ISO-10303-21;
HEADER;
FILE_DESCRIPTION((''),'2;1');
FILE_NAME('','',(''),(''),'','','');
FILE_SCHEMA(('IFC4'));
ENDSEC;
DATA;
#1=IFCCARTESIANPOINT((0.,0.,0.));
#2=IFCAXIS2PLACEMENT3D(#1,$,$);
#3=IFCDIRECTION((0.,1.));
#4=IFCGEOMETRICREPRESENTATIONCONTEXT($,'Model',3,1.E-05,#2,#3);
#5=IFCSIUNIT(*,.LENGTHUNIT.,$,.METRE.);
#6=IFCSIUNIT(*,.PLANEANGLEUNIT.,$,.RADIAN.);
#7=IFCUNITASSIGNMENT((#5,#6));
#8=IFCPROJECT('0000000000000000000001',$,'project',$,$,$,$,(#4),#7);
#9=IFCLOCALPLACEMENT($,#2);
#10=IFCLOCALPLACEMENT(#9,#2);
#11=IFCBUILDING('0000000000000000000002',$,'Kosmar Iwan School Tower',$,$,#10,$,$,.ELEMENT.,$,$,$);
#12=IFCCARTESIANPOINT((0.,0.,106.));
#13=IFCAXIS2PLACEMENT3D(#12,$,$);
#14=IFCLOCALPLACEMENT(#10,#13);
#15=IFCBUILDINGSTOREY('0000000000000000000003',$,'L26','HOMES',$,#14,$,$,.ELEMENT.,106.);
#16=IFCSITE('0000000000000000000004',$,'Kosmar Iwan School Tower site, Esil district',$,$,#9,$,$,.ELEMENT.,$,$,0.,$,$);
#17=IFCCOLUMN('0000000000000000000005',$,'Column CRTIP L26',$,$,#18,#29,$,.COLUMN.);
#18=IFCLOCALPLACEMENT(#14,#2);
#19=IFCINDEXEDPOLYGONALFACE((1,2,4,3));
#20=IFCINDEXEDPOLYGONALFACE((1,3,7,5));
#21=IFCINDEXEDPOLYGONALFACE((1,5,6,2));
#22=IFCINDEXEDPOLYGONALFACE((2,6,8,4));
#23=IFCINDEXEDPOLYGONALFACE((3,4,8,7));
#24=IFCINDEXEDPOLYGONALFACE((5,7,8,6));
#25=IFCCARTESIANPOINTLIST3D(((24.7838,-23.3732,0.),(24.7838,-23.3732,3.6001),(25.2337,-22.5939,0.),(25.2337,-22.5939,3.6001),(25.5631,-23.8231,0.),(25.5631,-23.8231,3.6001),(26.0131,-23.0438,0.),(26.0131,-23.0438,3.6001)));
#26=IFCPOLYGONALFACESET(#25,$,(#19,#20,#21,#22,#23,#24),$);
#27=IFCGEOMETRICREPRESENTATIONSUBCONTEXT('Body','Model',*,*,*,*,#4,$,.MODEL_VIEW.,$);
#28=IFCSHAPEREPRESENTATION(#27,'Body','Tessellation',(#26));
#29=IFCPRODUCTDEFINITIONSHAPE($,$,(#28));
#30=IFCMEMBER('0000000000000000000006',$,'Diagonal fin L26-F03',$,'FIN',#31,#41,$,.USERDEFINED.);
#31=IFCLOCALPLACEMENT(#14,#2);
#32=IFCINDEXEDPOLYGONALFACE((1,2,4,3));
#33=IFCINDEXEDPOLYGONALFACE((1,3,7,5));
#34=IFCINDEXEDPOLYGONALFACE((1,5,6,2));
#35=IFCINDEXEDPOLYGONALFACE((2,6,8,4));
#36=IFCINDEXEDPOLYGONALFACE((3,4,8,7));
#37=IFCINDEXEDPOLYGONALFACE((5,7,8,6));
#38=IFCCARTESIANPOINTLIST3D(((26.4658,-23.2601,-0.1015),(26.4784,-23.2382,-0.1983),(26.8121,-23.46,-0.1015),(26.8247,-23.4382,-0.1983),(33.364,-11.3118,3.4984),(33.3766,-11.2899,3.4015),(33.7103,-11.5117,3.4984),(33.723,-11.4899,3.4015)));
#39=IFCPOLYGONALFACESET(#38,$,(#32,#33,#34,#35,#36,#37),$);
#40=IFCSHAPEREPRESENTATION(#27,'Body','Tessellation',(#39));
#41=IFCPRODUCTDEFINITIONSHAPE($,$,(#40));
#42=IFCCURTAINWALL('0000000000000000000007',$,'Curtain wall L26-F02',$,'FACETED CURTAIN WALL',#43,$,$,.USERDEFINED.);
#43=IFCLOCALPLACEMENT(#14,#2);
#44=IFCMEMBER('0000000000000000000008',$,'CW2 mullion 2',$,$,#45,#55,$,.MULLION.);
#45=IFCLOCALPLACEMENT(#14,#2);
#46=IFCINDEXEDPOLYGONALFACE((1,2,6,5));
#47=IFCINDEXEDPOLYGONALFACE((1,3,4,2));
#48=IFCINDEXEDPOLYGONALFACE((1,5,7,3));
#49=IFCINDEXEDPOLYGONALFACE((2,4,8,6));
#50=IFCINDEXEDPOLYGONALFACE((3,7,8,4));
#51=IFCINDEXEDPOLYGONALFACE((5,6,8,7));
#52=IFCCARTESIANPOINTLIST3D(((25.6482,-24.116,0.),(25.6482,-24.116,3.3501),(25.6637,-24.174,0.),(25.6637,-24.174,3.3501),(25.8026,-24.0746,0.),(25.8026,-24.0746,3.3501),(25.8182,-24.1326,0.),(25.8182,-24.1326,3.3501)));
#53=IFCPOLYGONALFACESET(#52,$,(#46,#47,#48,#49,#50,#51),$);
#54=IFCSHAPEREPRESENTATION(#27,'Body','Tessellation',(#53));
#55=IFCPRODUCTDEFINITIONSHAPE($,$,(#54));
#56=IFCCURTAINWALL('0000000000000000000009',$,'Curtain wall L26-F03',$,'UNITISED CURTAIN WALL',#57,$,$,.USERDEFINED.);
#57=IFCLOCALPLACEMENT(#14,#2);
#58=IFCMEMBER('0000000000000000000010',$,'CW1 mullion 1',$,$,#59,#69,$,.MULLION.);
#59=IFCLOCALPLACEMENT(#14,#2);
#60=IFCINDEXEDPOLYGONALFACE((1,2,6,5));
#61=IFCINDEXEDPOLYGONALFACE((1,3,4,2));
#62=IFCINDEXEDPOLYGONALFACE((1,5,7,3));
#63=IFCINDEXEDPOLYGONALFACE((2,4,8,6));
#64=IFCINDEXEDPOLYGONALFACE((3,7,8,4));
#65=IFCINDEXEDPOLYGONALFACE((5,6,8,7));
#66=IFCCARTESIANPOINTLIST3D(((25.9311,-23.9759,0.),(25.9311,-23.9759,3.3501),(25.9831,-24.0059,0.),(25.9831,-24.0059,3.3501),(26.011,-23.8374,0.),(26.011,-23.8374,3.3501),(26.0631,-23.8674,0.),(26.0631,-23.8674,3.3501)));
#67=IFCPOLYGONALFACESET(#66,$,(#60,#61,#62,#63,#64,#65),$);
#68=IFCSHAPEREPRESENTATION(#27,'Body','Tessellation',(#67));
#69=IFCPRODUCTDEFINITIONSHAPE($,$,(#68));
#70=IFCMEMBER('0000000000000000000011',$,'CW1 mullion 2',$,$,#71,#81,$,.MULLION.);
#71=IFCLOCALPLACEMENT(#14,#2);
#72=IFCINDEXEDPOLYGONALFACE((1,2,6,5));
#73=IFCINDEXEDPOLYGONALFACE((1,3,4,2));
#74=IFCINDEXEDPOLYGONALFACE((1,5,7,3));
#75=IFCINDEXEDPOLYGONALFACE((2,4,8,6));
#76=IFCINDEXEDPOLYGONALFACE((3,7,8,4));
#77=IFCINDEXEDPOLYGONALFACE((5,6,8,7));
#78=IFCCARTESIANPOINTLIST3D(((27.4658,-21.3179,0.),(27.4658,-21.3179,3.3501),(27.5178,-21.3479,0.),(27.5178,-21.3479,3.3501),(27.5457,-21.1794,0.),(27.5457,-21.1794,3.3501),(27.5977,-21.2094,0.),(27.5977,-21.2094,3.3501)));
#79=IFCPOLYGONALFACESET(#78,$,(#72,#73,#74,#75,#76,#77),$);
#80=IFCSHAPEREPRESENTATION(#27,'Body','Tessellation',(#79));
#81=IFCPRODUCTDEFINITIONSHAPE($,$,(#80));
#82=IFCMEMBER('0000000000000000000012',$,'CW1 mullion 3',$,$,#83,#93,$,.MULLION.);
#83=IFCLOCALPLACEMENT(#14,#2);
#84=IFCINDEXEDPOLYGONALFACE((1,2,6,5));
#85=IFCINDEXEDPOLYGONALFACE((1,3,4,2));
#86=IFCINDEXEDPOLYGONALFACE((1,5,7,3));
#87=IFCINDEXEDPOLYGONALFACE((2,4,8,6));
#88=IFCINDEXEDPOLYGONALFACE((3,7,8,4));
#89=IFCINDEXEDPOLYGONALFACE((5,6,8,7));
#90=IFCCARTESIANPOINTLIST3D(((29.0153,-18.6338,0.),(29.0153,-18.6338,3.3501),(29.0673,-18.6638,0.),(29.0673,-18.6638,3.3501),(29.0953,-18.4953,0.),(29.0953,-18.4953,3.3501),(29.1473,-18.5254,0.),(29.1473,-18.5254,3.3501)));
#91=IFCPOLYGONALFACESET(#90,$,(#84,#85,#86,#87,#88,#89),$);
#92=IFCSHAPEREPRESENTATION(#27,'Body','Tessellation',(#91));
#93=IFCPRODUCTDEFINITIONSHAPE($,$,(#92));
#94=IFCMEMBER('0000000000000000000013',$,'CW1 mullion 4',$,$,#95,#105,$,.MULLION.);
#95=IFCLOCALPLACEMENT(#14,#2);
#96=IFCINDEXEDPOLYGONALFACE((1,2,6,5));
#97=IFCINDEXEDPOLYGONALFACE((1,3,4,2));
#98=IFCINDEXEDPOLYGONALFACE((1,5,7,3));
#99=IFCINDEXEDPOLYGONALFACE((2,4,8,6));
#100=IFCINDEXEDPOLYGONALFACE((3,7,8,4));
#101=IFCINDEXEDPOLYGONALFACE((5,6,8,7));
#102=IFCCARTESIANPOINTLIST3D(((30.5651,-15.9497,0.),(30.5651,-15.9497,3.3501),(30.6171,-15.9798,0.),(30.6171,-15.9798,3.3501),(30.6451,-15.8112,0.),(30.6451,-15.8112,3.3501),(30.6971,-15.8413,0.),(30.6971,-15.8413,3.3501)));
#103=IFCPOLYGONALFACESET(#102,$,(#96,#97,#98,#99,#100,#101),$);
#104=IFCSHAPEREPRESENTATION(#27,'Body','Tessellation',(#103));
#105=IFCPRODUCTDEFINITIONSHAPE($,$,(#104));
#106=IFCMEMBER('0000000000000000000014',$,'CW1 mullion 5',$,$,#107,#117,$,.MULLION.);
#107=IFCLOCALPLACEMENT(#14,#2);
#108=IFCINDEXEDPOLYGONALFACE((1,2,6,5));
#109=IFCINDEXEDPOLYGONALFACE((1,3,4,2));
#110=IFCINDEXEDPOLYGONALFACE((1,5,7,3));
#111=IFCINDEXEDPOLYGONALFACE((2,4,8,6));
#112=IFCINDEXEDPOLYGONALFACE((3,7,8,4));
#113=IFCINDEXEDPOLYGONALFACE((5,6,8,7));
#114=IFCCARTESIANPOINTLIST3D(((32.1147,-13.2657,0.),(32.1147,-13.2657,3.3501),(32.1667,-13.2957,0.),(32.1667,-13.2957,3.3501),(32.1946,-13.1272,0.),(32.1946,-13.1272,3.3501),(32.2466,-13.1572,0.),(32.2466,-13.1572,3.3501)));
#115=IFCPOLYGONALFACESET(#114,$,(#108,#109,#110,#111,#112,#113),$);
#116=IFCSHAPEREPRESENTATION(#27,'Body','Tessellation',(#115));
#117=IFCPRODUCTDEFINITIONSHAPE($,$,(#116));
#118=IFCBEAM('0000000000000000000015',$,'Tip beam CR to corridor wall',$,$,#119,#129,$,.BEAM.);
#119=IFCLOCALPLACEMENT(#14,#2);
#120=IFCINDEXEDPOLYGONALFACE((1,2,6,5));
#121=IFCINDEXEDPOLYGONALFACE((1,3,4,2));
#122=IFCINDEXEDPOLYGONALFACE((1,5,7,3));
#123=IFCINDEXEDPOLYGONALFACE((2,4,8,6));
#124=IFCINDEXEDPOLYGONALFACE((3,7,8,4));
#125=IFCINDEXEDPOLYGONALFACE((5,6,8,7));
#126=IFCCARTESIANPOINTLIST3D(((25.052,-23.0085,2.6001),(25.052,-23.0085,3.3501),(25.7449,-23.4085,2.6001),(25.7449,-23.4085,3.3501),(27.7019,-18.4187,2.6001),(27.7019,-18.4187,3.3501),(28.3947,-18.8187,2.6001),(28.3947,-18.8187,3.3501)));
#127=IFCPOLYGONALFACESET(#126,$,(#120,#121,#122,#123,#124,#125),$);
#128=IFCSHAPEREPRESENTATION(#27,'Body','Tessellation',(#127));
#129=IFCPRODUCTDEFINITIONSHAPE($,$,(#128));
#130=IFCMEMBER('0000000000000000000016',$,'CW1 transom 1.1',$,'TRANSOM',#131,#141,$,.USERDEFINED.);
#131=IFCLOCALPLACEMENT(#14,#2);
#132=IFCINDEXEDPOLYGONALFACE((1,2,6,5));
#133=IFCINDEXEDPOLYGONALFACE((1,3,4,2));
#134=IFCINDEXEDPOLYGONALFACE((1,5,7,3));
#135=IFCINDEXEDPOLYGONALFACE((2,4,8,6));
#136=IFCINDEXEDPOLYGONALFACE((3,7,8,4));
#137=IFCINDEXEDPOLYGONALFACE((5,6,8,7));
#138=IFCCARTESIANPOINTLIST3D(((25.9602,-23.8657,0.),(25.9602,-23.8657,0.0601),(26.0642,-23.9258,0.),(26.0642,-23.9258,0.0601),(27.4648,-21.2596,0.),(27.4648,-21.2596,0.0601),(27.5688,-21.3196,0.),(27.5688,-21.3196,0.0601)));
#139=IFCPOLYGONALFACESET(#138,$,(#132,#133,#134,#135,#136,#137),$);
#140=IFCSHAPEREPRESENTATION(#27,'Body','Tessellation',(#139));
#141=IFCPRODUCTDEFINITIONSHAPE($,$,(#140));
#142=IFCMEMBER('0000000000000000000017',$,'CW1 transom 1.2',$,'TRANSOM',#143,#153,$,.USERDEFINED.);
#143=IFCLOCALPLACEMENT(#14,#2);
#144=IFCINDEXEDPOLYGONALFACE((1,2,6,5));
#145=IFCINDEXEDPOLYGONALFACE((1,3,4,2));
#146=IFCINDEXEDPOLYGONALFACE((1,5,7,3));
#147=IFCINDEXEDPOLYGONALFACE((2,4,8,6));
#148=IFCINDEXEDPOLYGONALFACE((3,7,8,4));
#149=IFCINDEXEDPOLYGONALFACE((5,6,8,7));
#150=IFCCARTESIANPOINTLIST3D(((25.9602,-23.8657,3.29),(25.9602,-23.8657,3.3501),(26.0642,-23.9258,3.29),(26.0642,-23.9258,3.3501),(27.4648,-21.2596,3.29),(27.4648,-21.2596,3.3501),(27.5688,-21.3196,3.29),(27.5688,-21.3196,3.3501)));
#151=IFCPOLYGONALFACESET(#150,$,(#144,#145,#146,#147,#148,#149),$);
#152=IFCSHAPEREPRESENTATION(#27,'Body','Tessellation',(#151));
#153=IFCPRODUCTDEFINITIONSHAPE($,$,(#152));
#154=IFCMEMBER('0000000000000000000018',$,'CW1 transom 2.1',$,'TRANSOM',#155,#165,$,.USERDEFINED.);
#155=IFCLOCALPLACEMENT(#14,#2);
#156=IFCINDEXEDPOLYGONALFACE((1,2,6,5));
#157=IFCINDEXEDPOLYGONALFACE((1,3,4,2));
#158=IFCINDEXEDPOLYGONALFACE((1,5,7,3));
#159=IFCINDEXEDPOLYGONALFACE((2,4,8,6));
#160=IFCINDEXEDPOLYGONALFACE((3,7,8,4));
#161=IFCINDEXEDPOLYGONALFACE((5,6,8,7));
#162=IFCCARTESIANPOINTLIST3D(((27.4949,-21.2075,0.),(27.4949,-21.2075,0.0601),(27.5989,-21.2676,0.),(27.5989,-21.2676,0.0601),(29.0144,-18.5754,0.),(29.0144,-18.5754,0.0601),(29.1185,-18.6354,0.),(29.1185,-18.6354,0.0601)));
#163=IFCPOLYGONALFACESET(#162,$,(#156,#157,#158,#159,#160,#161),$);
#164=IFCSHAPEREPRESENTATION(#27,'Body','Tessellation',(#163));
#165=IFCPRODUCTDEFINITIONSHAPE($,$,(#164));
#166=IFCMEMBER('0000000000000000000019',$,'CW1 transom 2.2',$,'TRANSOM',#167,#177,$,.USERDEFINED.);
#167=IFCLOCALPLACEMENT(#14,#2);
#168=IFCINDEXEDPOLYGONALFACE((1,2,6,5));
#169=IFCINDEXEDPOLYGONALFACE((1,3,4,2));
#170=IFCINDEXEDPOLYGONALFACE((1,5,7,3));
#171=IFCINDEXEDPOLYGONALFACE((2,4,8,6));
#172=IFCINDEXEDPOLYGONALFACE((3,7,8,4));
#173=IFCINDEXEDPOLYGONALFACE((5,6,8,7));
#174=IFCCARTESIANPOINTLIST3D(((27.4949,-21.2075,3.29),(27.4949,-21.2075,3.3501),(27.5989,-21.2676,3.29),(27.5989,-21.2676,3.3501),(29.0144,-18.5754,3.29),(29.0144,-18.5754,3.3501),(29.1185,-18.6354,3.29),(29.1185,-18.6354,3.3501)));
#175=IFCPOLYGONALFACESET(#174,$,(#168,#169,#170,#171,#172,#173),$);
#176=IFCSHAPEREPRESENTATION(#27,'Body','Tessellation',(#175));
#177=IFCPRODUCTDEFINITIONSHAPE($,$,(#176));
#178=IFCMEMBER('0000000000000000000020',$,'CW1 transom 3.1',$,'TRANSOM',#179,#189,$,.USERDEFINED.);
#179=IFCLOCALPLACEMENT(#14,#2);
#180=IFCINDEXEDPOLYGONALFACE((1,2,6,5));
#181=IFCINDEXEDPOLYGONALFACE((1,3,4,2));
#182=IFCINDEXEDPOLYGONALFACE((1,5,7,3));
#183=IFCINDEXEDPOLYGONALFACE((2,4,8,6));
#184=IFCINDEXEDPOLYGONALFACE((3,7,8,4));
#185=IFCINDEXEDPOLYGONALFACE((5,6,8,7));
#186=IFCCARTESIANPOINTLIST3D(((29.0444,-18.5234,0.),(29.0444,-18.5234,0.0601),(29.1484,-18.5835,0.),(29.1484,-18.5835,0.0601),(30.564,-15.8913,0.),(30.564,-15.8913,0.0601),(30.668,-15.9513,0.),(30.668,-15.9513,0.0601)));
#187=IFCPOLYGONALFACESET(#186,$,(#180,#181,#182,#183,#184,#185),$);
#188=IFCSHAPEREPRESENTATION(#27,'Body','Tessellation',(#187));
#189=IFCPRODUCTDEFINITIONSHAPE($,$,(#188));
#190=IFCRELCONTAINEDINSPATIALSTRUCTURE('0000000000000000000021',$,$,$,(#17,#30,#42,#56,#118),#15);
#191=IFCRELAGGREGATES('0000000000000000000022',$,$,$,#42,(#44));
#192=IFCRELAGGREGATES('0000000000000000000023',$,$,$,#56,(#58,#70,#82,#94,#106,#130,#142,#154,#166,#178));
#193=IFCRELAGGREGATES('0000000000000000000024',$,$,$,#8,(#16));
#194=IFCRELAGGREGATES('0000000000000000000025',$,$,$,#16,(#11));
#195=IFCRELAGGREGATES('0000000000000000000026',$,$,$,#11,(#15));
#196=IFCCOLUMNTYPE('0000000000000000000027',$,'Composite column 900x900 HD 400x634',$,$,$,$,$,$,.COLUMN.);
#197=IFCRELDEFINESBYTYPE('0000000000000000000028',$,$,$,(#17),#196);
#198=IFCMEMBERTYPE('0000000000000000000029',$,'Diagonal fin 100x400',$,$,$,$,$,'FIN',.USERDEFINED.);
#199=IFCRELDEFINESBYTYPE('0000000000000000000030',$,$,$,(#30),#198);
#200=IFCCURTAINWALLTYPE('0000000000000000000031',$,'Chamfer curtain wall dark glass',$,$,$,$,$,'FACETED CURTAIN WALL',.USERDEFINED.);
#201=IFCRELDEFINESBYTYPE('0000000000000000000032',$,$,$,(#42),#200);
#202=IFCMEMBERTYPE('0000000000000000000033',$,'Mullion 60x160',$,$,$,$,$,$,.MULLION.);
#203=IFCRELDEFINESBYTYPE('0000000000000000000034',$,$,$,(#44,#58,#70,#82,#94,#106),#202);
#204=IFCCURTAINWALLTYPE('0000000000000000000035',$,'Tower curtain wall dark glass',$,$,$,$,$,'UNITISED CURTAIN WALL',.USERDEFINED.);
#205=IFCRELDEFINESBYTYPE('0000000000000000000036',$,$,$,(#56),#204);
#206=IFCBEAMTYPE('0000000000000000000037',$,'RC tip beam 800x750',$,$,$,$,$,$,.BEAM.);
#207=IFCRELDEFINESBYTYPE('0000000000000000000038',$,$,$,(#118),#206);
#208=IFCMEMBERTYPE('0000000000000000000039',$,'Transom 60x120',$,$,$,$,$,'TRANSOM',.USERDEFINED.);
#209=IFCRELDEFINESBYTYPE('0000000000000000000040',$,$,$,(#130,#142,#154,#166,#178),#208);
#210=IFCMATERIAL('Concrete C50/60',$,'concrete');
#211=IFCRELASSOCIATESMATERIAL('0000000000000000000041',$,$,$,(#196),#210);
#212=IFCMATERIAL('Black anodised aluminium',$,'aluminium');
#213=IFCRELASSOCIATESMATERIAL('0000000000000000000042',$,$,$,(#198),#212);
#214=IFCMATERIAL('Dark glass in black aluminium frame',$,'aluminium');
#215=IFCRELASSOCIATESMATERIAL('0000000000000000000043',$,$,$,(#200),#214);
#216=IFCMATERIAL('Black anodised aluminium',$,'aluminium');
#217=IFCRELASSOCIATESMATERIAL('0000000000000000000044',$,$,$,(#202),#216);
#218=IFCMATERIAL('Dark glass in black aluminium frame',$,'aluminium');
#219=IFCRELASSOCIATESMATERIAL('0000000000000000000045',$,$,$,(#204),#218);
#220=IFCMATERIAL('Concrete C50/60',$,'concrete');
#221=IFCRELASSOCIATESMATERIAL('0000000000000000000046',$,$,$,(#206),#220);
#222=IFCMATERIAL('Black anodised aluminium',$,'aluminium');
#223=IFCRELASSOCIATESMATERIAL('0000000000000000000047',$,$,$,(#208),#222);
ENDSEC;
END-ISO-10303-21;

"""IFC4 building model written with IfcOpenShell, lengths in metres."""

from ifc_helpers import new_model, si_unit, direction, frame, origin, origin_2d, place, context, subcontext, project, spatial, rectangle, extrude, material, material_profile, profile_set, type_object, element, aggregate, save


model = new_model("IFC4")

# Units and contexts
model_context = context("Model", 3, precision=1e-05, world=origin(), true_north=direction((0.0, 1.0)))
body_context = subcontext(model_context, "Body", "Model", "MODEL_VIEW")
ifc_project = project(units=[si_unit("LENGTHUNIT", "METRE"), si_unit("PLANEANGLEUNIT", "RADIAN")], contexts=[model_context])

# Site, building, storey
site_placement = place(None, origin())
site = spatial("IfcSite", under=ifc_project, at=site_placement, Name="Kosmar Iwan School Tower site, Esil district", CompositionType="ELEMENT", RefElevation=0.0)
building_placement = place(site_placement, origin())
building = spatial("IfcBuilding", under=site, at=building_placement, Name="Kosmar Iwan School Tower", CompositionType="ELEMENT")
storey_placement = place(building_placement, frame((0.0, 0.0, 106.0)))
storey = spatial("IfcBuildingStorey", under=building, at=storey_placement, Name="L26", Description="HOMES", CompositionType="ELEMENT", Elevation=106.0)

# Column
ifc_material_1 = material(Name="Concrete C50/60", Category="concrete")
ifc_material_profile_1 = material_profile(ifc_material_1, rectangle(XDim=0.8999, YDim=0.8999, at=origin_2d()), Name="RC 900x900 + HD 400x634")
ifc_profile_set_1 = profile_set([ifc_material_profile_1], Name="Concrete C50/60")
column_type = type_object("IfcColumnType", Name="Composite column 900x900 HD 400x634", PredefinedType="COLUMN", material=ifc_profile_set_1)
column_placement = place(storey_placement, frame((25.3984, -23.2085, 0.0), z_axis=(0.0, 0.0, 1.0), x_axis=(0.866025, -0.5, 0.0)))
element("IfcColumn", 1, at=column_placement, inside=storey, type_object=column_type, Name="Column CRTIP L26", PredefinedType="COLUMN", context=body_context, shape_type="SweptSolid", body=[
    extrude(rectangle(XDim=0.8999, YDim=0.8999, at=origin_2d()), origin(), (0.0, 0.0, 1.0), 3.6001),
])

# Member
ifc_material_2 = material(Name="Black anodised aluminium", Category="aluminium")
ifc_material_profile_2 = material_profile(ifc_material_2, rectangle(XDim=0.1001, YDim=0.3999, at=origin_2d()), Name="FIN 100x400")
ifc_profile_set_2 = profile_set([ifc_material_profile_2], Name="Black anodised aluminium")
member_type_1 = type_object("IfcMemberType", Name="Diagonal fin 100x400", ElementType="FIN", PredefinedType="USERDEFINED", material=ifc_profile_set_2)
member_1_placement = place(storey_placement, frame((26.6453, -23.3491, -0.1499), z_axis=(0.483796, 0.837974, 0.252471), x_axis=(-0.126234, -0.218647, 0.967604)))
element("IfcMember", 2, at=member_1_placement, inside=storey, type_object=member_type_1, Name="Diagonal fin L26-F03", ObjectType="FIN", PredefinedType="USERDEFINED", context=body_context, shape_type="SweptSolid", body=[
    extrude(rectangle(XDim=0.1001, YDim=0.3999, at=origin_2d()), origin(), (0.0, 0.0, 1.0), 14.2585),
])

# Curtain wall, member
ifc_material_3 = material(Name="Dark glass in black aluminium frame", Category="aluminium")
curtain_wall_type_1 = type_object("IfcCurtainWallType", Name="Chamfer curtain wall dark glass", ElementType="FACETED CURTAIN WALL", PredefinedType="USERDEFINED", material=ifc_material_3)
curtain_wall_1_placement = place(storey_placement, origin())
curtain_wall_1 = element("IfcCurtainWall", 3, at=curtain_wall_1_placement, inside=storey, type_object=curtain_wall_type_1, Name="Curtain wall L26-F02", ObjectType="FACETED CURTAIN WALL", PredefinedType="USERDEFINED")
ifc_material_4 = material(Name="Black anodised aluminium", Category="aluminium")
ifc_material_profile_3 = material_profile(ifc_material_4, rectangle(XDim=0.0601, YDim=0.1599, at=origin_2d()), Name="MULLION 60x160")
ifc_profile_set_3 = profile_set([ifc_material_profile_3], Name="Black anodised aluminium")
member_type_2 = type_object("IfcMemberType", Name="Mullion 60x160", PredefinedType="MULLION", material=ifc_profile_set_3)
member_2_placement = place(storey_placement, frame((25.7332, -24.1243, 0.0), z_axis=(0.0, 0.0, 1.0), x_axis=(-0.258819, 0.965926, 0.0)))
member_2 = element("IfcMember", 4, at=member_2_placement, type_object=member_type_2, Name="CW2 mullion 2", PredefinedType="MULLION", context=body_context, shape_type="SweptSolid", body=[
    extrude(rectangle(XDim=0.0601, YDim=0.1599, at=origin_2d()), origin(), (0.0, 0.0, 1.0), 3.3501),
])

# Curtain wall, members
ifc_material_5 = material(Name="Dark glass in black aluminium frame", Category="aluminium")
curtain_wall_type_2 = type_object("IfcCurtainWallType", Name="Tower curtain wall dark glass", ElementType="UNITISED CURTAIN WALL", PredefinedType="USERDEFINED", material=ifc_material_5)
curtain_wall_2_placement = place(storey_placement, origin())
curtain_wall_2 = element("IfcCurtainWall", 5, at=curtain_wall_2_placement, inside=storey, type_object=curtain_wall_type_2, Name="Curtain wall L26-F03", ObjectType="UNITISED CURTAIN WALL", PredefinedType="USERDEFINED")
member_3_placement = place(storey_placement, frame((25.9971, -23.9216, 0.0), z_axis=(0.0, 0.0, 1.0), x_axis=(-0.866025, 0.5, 0.0)))
member_3 = element("IfcMember", 6, at=member_3_placement, type_object=member_type_2, Name="CW1 mullion 1", PredefinedType="MULLION", context=body_context, shape_type="SweptSolid", body=[
    extrude(rectangle(XDim=0.0601, YDim=0.1599, at=origin_2d()), origin(), (0.0, 0.0, 1.0), 3.3501),
])
member_4_placement = place(storey_placement, frame((27.5317, -21.2637, 0.0), z_axis=(0.0, 0.0, 1.0), x_axis=(-0.866025, 0.5, 0.0)))
member_4 = element("IfcMember", 7, at=member_4_placement, type_object=member_type_2, Name="CW1 mullion 2", PredefinedType="MULLION", context=body_context, shape_type="SweptSolid", body=[
    extrude(rectangle(XDim=0.0601, YDim=0.1599, at=origin_2d()), origin(), (0.0, 0.0, 1.0), 3.3501),
])
member_5_placement = place(storey_placement, frame((29.0813, -18.5796, 0.0), z_axis=(0.0, 0.0, 1.0), x_axis=(-0.866025, 0.5, 0.0)))
member_5 = element("IfcMember", 8, at=member_5_placement, type_object=member_type_2, Name="CW1 mullion 3", PredefinedType="MULLION", context=body_context, shape_type="SweptSolid", body=[
    extrude(rectangle(XDim=0.0601, YDim=0.1599, at=origin_2d()), origin(), (0.0, 0.0, 1.0), 3.3501),
])
member_6_placement = place(storey_placement, frame((30.6311, -15.8955, 0.0), z_axis=(0.0, 0.0, 1.0), x_axis=(-0.866025, 0.5, 0.0)))
member_6 = element("IfcMember", 9, at=member_6_placement, type_object=member_type_2, Name="CW1 mullion 4", PredefinedType="MULLION", context=body_context, shape_type="SweptSolid", body=[
    extrude(rectangle(XDim=0.0601, YDim=0.1599, at=origin_2d()), origin(), (0.0, 0.0, 1.0), 3.3501),
])
member_7_placement = place(storey_placement, frame((32.1807, -13.2114, 0.0), z_axis=(0.0, 0.0, 1.0), x_axis=(-0.866025, 0.5, 0.0)))
member_7 = element("IfcMember", 10, at=member_7_placement, type_object=member_type_2, Name="CW1 mullion 5", PredefinedType="MULLION", context=body_context, shape_type="SweptSolid", body=[
    extrude(rectangle(XDim=0.0601, YDim=0.1599, at=origin_2d()), origin(), (0.0, 0.0, 1.0), 3.3501),
])

# Beam
ifc_material_6 = material(Name="Concrete C50/60", Category="concrete")
ifc_material_profile_4 = material_profile(ifc_material_6, rectangle(XDim=0.8, YDim=0.75, at=origin_2d()), Name="RC 800x750")
ifc_profile_set_4 = profile_set([ifc_material_profile_4], Name="Concrete C50/60")
beam_type = type_object("IfcBeamType", Name="RC tip beam 800x750", PredefinedType="BEAM", material=ifc_profile_set_4)
beam_placement = place(storey_placement, frame((25.3984, -23.2085, 2.9751), z_axis=(0.499994, 0.866029, 0.0), x_axis=(-0.866029, 0.499994, 0.0)))
element("IfcBeam", 11, at=beam_placement, inside=storey, type_object=beam_type, Name="Tip beam CR to corridor wall", PredefinedType="BEAM", context=body_context, shape_type="SweptSolid", body=[
    extrude(rectangle(XDim=0.8, YDim=0.75, at=origin_2d()), origin(), (0.0, 0.0, 1.0), 5.2998),
])

# Members
ifc_material_7 = material(Name="Black anodised aluminium", Category="aluminium")
ifc_material_profile_5 = material_profile(ifc_material_7, rectangle(XDim=0.1201, YDim=0.0601, at=origin_2d()), Name="TRANSOM 60x120")
ifc_profile_set_5 = profile_set([ifc_material_profile_5], Name="Black anodised aluminium")
member_type_3 = type_object("IfcMemberType", Name="Transom 60x120", ElementType="TRANSOM", PredefinedType="USERDEFINED", material=ifc_profile_set_5)
member_8_placement = place(storey_placement, frame((26.0122, -23.8958, 0.03), z_axis=(0.499987, 0.866033, 0.0), x_axis=(-0.866033, 0.499987, 0.0)))
member_8 = element("IfcMember", 12, at=member_8_placement, type_object=member_type_3, Name="CW1 transom 1.1", ObjectType="TRANSOM", PredefinedType="USERDEFINED", context=body_context, shape_type="SweptSolid", body=[
    extrude(rectangle(XDim=0.1201, YDim=0.0601, at=origin_2d()), origin(), (0.0, 0.0, 1.0), 3.0093),
])
member_9_placement = place(storey_placement, frame((26.0122, -23.8958, 3.3201), z_axis=(0.499987, 0.866033, 0.0), x_axis=(-0.866033, 0.499987, 0.0)))
member_9 = element("IfcMember", 13, at=member_9_placement, type_object=member_type_3, Name="CW1 transom 1.2", ObjectType="TRANSOM", PredefinedType="USERDEFINED", context=body_context, shape_type="SweptSolid", body=[
    extrude(rectangle(XDim=0.1201, YDim=0.0601, at=origin_2d()), origin(), (0.0, 0.0, 1.0), 3.0093),
])
member_10_placement = place(storey_placement, frame((27.5469, -21.2375, 0.03), z_axis=(0.499975, 0.86604, 0.0), x_axis=(-0.86604, 0.499975, 0.0)))
member_10 = element("IfcMember", 14, at=member_10_placement, type_object=member_type_3, Name="CW1 transom 2.1", ObjectType="TRANSOM", PredefinedType="USERDEFINED", context=body_context, shape_type="SweptSolid", body=[
    extrude(rectangle(XDim=0.1201, YDim=0.0601, at=origin_2d()), origin(), (0.0, 0.0, 1.0), 3.0393),
])
member_11_placement = place(storey_placement, frame((27.5469, -21.2375, 3.3201), z_axis=(0.499975, 0.86604, 0.0), x_axis=(-0.86604, 0.499975, 0.0)))
member_11 = element("IfcMember", 15, at=member_11_placement, type_object=member_type_3, Name="CW1 transom 2.2", ObjectType="TRANSOM", PredefinedType="USERDEFINED", context=body_context, shape_type="SweptSolid", body=[
    extrude(rectangle(XDim=0.1201, YDim=0.0601, at=origin_2d()), origin(), (0.0, 0.0, 1.0), 3.0393),
])
member_12_placement = place(storey_placement, frame((29.0964, -18.5535, 0.03), z_axis=(0.499975, 0.86604, 0.0), x_axis=(-0.86604, 0.499975, 0.0)))
member_12 = element("IfcMember", 16, at=member_12_placement, type_object=member_type_3, Name="CW1 transom 3.1", ObjectType="TRANSOM", PredefinedType="USERDEFINED", context=body_context, shape_type="SweptSolid", body=[
    extrude(rectangle(XDim=0.1201, YDim=0.0601, at=origin_2d()), origin(), (0.0, 0.0, 1.0), 3.0393),
])

aggregate(curtain_wall_1, [member_2])
aggregate(curtain_wall_2, [member_3, member_4, member_5, member_6, member_7, member_8, member_9, member_10, member_11, member_12])

save(model, "model.ifc")
